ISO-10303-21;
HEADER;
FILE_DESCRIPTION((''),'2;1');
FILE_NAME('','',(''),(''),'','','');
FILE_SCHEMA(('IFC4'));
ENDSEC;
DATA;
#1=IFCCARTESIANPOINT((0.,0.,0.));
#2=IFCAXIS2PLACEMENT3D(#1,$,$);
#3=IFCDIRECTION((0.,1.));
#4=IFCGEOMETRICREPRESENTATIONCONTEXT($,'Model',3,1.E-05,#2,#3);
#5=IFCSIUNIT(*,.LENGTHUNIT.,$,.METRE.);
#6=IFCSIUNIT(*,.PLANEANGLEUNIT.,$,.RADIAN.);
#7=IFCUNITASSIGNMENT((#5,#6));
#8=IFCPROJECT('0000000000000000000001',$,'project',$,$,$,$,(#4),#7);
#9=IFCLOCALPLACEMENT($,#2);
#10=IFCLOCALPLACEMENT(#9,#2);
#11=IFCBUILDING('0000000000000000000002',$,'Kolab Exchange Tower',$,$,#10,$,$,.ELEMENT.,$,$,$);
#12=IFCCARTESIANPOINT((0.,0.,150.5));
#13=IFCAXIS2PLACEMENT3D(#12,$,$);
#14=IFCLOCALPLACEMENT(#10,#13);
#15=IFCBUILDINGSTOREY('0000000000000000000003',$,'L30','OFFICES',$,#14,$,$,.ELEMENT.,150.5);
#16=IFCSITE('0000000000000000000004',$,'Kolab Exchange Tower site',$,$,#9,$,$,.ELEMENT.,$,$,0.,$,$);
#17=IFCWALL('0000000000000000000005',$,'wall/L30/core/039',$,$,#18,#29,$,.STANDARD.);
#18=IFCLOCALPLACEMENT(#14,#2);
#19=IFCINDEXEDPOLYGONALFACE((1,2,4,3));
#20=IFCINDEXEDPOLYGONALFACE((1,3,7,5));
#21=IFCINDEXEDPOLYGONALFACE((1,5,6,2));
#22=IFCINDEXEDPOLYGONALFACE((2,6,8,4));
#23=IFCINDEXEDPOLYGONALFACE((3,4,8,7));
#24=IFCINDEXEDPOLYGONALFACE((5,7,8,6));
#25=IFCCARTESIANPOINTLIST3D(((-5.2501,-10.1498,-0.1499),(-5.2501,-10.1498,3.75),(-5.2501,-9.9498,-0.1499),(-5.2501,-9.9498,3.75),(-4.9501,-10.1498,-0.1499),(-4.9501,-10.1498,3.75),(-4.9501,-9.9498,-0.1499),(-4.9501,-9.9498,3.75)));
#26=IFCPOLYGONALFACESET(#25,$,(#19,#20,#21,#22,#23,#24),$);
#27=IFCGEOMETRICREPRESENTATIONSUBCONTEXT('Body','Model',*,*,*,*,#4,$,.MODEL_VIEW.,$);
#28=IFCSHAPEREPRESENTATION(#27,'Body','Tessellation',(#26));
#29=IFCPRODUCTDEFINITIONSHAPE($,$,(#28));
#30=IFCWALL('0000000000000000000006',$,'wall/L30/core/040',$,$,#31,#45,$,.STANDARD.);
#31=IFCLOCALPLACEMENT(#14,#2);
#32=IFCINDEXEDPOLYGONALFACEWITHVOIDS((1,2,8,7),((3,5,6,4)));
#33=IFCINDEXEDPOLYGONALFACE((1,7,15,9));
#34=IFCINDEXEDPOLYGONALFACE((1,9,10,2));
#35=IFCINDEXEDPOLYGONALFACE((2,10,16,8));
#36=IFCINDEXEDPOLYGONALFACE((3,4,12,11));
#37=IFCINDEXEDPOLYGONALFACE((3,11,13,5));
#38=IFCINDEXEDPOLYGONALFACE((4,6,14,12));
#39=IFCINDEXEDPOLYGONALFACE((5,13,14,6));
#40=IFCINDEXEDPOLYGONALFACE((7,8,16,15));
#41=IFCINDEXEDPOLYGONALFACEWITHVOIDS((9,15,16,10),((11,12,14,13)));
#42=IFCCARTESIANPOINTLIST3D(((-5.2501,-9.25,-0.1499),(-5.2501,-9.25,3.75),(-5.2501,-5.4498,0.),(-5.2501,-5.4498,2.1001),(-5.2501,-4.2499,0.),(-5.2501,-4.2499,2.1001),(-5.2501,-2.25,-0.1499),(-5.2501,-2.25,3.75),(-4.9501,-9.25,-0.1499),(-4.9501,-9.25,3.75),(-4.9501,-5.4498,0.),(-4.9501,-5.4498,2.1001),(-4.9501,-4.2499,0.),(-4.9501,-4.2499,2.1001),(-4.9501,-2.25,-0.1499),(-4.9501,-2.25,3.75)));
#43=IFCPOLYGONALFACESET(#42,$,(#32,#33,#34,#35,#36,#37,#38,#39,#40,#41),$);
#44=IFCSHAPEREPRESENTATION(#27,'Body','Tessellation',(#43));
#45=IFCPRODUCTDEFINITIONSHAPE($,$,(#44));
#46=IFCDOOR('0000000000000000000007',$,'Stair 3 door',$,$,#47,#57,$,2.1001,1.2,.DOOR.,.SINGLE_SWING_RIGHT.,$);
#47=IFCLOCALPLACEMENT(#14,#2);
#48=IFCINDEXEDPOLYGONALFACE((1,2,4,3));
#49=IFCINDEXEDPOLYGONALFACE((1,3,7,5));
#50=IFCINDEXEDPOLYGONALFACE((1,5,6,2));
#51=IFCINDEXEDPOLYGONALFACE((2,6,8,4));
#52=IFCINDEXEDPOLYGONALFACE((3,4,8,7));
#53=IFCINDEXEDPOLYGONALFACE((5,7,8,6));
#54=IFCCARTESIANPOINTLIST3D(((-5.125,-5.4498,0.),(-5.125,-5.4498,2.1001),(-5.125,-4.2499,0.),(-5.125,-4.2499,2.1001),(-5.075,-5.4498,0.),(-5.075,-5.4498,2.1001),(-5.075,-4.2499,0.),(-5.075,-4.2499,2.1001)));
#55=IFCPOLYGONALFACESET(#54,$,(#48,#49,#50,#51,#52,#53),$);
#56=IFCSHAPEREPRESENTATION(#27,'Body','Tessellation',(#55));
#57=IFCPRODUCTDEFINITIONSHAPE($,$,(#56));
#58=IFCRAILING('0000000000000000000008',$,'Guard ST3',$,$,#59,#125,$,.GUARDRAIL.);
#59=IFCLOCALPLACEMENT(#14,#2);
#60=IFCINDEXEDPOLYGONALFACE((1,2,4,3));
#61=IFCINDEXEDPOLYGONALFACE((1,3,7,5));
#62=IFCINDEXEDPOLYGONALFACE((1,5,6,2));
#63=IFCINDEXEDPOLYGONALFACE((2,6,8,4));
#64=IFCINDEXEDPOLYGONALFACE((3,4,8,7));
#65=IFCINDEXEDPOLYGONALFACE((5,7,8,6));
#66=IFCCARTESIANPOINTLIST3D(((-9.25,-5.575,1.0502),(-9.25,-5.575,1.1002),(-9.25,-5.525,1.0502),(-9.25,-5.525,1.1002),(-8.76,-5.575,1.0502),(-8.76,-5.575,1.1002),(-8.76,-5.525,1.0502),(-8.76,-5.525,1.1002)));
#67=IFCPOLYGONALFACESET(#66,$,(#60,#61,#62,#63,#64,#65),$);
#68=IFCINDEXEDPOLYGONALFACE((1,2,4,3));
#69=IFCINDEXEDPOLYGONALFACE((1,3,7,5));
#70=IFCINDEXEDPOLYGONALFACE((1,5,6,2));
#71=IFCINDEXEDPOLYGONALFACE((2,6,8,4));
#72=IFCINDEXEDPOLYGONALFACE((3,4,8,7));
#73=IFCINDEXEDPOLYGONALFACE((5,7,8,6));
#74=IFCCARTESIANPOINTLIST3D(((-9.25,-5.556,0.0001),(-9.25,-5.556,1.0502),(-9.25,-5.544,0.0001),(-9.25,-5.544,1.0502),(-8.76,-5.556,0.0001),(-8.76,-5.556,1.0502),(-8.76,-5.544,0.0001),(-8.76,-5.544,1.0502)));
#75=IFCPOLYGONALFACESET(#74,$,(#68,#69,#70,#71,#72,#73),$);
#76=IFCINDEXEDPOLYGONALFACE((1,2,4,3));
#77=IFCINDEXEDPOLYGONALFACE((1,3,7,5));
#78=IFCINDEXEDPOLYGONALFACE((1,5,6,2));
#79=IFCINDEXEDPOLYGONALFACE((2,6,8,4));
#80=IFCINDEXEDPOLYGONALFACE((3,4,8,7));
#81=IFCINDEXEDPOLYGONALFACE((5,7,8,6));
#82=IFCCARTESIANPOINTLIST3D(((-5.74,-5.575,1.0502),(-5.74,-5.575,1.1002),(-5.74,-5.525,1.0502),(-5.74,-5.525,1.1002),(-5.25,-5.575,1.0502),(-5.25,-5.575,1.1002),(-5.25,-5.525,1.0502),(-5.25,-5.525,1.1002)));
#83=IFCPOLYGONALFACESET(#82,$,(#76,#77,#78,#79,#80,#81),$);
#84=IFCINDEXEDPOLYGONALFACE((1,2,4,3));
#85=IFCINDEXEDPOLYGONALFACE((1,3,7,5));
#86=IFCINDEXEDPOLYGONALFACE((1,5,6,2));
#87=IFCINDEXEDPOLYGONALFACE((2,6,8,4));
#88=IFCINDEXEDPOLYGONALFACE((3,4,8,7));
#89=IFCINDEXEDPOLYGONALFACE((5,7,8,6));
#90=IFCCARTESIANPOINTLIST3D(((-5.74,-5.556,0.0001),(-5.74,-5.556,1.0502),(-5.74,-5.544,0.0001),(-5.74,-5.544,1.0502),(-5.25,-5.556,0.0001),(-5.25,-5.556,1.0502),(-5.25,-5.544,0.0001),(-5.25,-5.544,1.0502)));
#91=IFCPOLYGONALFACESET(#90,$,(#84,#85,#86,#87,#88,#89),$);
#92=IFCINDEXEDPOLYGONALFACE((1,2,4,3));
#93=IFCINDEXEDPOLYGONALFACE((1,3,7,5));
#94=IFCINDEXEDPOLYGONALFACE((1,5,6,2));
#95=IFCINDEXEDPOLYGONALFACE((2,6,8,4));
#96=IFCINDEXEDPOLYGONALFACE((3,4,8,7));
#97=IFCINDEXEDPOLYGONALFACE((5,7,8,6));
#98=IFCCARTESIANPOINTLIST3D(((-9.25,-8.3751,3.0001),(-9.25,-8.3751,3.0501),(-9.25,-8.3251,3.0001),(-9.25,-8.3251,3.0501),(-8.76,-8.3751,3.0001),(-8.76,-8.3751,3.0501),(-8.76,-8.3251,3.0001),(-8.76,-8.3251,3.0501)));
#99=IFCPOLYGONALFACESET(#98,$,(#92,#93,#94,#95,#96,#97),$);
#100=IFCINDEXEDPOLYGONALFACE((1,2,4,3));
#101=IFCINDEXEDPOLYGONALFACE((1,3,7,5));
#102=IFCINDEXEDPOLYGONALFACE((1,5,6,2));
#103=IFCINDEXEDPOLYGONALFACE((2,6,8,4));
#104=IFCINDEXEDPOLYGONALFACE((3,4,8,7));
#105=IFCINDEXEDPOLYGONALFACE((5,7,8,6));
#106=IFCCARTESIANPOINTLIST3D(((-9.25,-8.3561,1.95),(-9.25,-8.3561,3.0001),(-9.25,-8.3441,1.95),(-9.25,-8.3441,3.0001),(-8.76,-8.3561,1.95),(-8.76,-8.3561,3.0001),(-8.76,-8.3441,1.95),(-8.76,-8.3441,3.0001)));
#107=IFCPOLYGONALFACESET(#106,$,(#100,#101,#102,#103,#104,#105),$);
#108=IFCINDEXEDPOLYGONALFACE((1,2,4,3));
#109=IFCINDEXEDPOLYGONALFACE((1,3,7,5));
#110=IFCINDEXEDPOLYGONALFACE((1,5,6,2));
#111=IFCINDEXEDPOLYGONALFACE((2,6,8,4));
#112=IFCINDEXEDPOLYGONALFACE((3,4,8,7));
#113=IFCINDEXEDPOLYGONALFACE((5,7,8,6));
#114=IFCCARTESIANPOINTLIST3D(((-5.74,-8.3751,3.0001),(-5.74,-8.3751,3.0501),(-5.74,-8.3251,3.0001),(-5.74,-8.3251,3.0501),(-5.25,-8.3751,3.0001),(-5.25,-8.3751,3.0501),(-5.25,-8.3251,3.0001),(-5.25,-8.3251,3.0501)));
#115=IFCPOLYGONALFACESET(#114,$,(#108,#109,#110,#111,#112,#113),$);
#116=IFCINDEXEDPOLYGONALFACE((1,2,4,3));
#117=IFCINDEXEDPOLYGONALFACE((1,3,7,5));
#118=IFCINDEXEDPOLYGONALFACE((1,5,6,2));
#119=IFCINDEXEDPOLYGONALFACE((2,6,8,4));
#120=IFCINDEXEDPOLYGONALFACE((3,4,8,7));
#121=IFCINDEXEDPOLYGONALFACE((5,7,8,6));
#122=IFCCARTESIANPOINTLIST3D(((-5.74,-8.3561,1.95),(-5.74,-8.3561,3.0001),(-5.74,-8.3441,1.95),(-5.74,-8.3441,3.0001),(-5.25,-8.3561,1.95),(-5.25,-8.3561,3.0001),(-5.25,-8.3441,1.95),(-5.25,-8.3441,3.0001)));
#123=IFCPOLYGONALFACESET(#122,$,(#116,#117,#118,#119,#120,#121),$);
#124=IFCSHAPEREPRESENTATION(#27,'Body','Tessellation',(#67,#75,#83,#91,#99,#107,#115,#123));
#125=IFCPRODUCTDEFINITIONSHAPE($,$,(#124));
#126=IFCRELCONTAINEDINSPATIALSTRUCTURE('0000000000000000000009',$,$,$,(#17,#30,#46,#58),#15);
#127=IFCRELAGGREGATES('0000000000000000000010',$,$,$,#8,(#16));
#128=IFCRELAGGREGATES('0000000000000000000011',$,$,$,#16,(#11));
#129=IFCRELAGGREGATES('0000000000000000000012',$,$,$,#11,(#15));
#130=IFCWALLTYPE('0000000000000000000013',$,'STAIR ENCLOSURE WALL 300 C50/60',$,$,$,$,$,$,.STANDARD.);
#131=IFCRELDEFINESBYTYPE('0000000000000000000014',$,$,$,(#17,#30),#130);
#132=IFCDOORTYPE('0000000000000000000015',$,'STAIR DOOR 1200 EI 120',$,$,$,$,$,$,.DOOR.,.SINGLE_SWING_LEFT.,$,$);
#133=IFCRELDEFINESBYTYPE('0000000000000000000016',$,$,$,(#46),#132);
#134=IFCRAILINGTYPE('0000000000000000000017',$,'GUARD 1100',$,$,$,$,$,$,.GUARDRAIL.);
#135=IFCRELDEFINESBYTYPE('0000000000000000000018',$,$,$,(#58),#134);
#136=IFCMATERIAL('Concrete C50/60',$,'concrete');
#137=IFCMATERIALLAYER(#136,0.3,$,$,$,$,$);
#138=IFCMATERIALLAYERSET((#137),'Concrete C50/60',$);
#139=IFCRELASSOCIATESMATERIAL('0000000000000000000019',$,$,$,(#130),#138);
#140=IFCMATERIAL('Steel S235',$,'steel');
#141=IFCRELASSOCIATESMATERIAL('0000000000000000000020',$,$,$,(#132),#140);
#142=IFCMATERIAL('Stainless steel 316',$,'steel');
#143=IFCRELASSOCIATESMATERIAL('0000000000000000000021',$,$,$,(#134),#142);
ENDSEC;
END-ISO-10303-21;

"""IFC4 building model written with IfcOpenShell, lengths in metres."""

from ifc_helpers import new_model, si_unit, direction, frame, frame_2d, origin, origin_2d, place, context, subcontext, project, spatial, rectangle, extrude, material, layer, layer_set, type_object, element, fill, save


model = new_model("IFC4")

# Units and contexts
model_context = context("Model", 3, precision=1e-05, world=origin(), true_north=direction((0.0, 1.0)))
body_context = subcontext(model_context, "Body", "Model", "MODEL_VIEW")
ifc_project = project(units=[si_unit("LENGTHUNIT", "METRE"), si_unit("PLANEANGLEUNIT", "RADIAN")], contexts=[model_context])

# Site, building, storey
site_placement = place(None, origin())
site = spatial("IfcSite", under=ifc_project, at=site_placement, Name="Kolab Exchange Tower site", CompositionType="ELEMENT", RefElevation=0.0)
building_placement = place(site_placement, origin())
building = spatial("IfcBuilding", under=site, at=building_placement, Name="Kolab Exchange Tower", CompositionType="ELEMENT")
storey_placement = place(building_placement, frame((0.0, 0.0, 150.5)))
storey = spatial("IfcBuildingStorey", under=building, at=storey_placement, Name="L30", Description="OFFICES", CompositionType="ELEMENT", Elevation=150.5)

# Shared definitions
ifc_material_1 = material(Name="Steel S235", Category="steel")

# Shared definitions
ifc_material_2 = material(Name="Concrete C50/60", Category="concrete")
ifc_material_3 = material(Name="Stainless steel 316", Category="steel")

# Wall
ifc_layer_1 = layer(ifc_material_2, 0.3)
ifc_layer_set_1 = layer_set([ifc_layer_1], Name="Concrete C50/60")
wall_type_1 = type_object("IfcWallType", Name="STAIR ENCLOSURE WALL 300 C50/60", PredefinedType="STANDARD", material=ifc_layer_set_1)
wall_1_placement = place(storey_placement, frame((-5.1001, -10.1499, -0.1499), z_axis=(0.0, 0.0, 1.0), x_axis=(0.0, 1.0, 0.0)))
element("IfcWall", 1, at=wall_1_placement, inside=storey, type_object=wall_type_1, Name="wall/L30/core/039", PredefinedType="STANDARD", context=body_context, shape_type="SweptSolid", body=[
    extrude(rectangle(XDim=0.2, YDim=0.3, at=frame_2d((0.1001, 0.0))), origin(), (0.0, 0.0, 1.0), 3.8999),
])

# Wall, opening, door
wall_2_placement = place(storey_placement, frame((-5.1001, -9.25, -0.1499), z_axis=(0.0, 0.0, 1.0), x_axis=(0.0, 1.0, 0.0)))
wall_2 = element("IfcWall", 2, at=wall_2_placement, inside=storey, type_object=wall_type_1, Name="wall/L30/core/040", PredefinedType="STANDARD", context=body_context, shape_type="SweptSolid", body=[
    extrude(rectangle(XDim=7.0, YDim=0.3, at=frame_2d((3.5, 0.0))), origin(), (0.0, 0.0, 1.0), 3.8999),
])
opening_1_placement = place(wall_2_placement, frame((3.8, 0.0, 0.1499)))
opening_1 = element("IfcOpeningElement", 3, at=opening_1_placement, cuts=wall_2, PredefinedType="OPENING", context=body_context, shape_type="SweptSolid", body=[
    extrude(rectangle(XDim=1.2, YDim=2.1001, at=frame_2d((0.6001, 1.05))), frame((0.0, 0.1602, 0.0), z_axis=(0.0, -1.0, 0.0), x_axis=(1.0, 0.0, 0.0)), (0.0, 0.0, 1.0), 0.3201),
])
door_type_1 = type_object("IfcDoorType", Name="STAIR DOOR 1200 EI 120", OperationType="SINGLE_SWING_LEFT", PredefinedType="DOOR", material=ifc_material_1)
door_1_placement = place(opening_1_placement, origin())
door_1 = element("IfcDoor", 4, at=door_1_placement, inside=storey, type_object=door_type_1, Name="Stair 3 door", OperationType="SINGLE_SWING_RIGHT", OverallHeight=2.1001, OverallWidth=1.2, PredefinedType="DOOR", context=body_context, shape_type="SweptSolid", body=[
    extrude(rectangle(XDim=1.2, YDim=2.1001, at=frame_2d((0.6001, 1.05))), frame((0.0, 0.0249, 0.0), z_axis=(0.0, -1.0, 0.0), x_axis=(1.0, 0.0, 0.0)), (0.0, 0.0, 1.0), 0.05),
])
fill(opening_1, door_1)

# Railing
railing_type = type_object("IfcRailingType", Name="GUARD 1100", PredefinedType="GUARDRAIL", material=ifc_material_3)
railing_placement = place(storey_placement, frame((-9.25, -5.55, 0.0)))
element("IfcRailing", 5, at=railing_placement, inside=storey, type_object=railing_type, Name="Guard ST3", PredefinedType="GUARDRAIL", context=body_context, shape_type="SweptSolid", body=[
    extrude(rectangle(XDim=0.05, YDim=0.05, at=origin_2d()), frame((0.0, 0.0, 1.0752), z_axis=(1.0, 0.0, 0.0), x_axis=(0.0, 1.0, 0.0)), (0.0, 0.0, 1.0), 0.49),
    extrude(rectangle(XDim=0.012, YDim=1.0501, at=frame_2d((0.0, 0.5251))), frame((0.0, 0.0, 0.0), z_axis=(1.0, 0.0, 0.0), x_axis=(0.0, 1.0, 0.0)), (0.0, 0.0, 1.0), 0.49),
    extrude(rectangle(XDim=0.05, YDim=0.05, at=origin_2d()), frame((3.51, 0.0, 1.0752), z_axis=(1.0, 0.0, 0.0), x_axis=(0.0, 1.0, 0.0)), (0.0, 0.0, 1.0), 0.49),
    extrude(rectangle(XDim=0.012, YDim=1.0501, at=frame_2d((0.0, 0.5251))), frame((3.51, 0.0, 0.0), z_axis=(1.0, 0.0, 0.0), x_axis=(0.0, 1.0, 0.0)), (0.0, 0.0, 1.0), 0.49),
    extrude(rectangle(XDim=0.05, YDim=0.05, at=origin_2d()), frame((0.0, -2.8, 3.0251), z_axis=(1.0, 0.0, 0.0), x_axis=(0.0, 1.0, 0.0)), (0.0, 0.0, 1.0), 0.49),
    extrude(rectangle(XDim=0.012, YDim=1.0501, at=frame_2d((0.0, 0.5251))), frame((0.0, -2.8, 1.95), z_axis=(1.0, 0.0, 0.0), x_axis=(0.0, 1.0, 0.0)), (0.0, 0.0, 1.0), 0.49),
    extrude(rectangle(XDim=0.05, YDim=0.05, at=origin_2d()), frame((3.51, -2.8, 3.0251), z_axis=(1.0, 0.0, 0.0), x_axis=(0.0, 1.0, 0.0)), (0.0, 0.0, 1.0), 0.49),
    extrude(rectangle(XDim=0.012, YDim=1.0501, at=frame_2d((0.0, 0.5251))), frame((3.51, -2.8, 1.95), z_axis=(1.0, 0.0, 0.0), x_axis=(0.0, 1.0, 0.0)), (0.0, 0.0, 1.0), 0.49),
])

save(model, "model.ifc")
